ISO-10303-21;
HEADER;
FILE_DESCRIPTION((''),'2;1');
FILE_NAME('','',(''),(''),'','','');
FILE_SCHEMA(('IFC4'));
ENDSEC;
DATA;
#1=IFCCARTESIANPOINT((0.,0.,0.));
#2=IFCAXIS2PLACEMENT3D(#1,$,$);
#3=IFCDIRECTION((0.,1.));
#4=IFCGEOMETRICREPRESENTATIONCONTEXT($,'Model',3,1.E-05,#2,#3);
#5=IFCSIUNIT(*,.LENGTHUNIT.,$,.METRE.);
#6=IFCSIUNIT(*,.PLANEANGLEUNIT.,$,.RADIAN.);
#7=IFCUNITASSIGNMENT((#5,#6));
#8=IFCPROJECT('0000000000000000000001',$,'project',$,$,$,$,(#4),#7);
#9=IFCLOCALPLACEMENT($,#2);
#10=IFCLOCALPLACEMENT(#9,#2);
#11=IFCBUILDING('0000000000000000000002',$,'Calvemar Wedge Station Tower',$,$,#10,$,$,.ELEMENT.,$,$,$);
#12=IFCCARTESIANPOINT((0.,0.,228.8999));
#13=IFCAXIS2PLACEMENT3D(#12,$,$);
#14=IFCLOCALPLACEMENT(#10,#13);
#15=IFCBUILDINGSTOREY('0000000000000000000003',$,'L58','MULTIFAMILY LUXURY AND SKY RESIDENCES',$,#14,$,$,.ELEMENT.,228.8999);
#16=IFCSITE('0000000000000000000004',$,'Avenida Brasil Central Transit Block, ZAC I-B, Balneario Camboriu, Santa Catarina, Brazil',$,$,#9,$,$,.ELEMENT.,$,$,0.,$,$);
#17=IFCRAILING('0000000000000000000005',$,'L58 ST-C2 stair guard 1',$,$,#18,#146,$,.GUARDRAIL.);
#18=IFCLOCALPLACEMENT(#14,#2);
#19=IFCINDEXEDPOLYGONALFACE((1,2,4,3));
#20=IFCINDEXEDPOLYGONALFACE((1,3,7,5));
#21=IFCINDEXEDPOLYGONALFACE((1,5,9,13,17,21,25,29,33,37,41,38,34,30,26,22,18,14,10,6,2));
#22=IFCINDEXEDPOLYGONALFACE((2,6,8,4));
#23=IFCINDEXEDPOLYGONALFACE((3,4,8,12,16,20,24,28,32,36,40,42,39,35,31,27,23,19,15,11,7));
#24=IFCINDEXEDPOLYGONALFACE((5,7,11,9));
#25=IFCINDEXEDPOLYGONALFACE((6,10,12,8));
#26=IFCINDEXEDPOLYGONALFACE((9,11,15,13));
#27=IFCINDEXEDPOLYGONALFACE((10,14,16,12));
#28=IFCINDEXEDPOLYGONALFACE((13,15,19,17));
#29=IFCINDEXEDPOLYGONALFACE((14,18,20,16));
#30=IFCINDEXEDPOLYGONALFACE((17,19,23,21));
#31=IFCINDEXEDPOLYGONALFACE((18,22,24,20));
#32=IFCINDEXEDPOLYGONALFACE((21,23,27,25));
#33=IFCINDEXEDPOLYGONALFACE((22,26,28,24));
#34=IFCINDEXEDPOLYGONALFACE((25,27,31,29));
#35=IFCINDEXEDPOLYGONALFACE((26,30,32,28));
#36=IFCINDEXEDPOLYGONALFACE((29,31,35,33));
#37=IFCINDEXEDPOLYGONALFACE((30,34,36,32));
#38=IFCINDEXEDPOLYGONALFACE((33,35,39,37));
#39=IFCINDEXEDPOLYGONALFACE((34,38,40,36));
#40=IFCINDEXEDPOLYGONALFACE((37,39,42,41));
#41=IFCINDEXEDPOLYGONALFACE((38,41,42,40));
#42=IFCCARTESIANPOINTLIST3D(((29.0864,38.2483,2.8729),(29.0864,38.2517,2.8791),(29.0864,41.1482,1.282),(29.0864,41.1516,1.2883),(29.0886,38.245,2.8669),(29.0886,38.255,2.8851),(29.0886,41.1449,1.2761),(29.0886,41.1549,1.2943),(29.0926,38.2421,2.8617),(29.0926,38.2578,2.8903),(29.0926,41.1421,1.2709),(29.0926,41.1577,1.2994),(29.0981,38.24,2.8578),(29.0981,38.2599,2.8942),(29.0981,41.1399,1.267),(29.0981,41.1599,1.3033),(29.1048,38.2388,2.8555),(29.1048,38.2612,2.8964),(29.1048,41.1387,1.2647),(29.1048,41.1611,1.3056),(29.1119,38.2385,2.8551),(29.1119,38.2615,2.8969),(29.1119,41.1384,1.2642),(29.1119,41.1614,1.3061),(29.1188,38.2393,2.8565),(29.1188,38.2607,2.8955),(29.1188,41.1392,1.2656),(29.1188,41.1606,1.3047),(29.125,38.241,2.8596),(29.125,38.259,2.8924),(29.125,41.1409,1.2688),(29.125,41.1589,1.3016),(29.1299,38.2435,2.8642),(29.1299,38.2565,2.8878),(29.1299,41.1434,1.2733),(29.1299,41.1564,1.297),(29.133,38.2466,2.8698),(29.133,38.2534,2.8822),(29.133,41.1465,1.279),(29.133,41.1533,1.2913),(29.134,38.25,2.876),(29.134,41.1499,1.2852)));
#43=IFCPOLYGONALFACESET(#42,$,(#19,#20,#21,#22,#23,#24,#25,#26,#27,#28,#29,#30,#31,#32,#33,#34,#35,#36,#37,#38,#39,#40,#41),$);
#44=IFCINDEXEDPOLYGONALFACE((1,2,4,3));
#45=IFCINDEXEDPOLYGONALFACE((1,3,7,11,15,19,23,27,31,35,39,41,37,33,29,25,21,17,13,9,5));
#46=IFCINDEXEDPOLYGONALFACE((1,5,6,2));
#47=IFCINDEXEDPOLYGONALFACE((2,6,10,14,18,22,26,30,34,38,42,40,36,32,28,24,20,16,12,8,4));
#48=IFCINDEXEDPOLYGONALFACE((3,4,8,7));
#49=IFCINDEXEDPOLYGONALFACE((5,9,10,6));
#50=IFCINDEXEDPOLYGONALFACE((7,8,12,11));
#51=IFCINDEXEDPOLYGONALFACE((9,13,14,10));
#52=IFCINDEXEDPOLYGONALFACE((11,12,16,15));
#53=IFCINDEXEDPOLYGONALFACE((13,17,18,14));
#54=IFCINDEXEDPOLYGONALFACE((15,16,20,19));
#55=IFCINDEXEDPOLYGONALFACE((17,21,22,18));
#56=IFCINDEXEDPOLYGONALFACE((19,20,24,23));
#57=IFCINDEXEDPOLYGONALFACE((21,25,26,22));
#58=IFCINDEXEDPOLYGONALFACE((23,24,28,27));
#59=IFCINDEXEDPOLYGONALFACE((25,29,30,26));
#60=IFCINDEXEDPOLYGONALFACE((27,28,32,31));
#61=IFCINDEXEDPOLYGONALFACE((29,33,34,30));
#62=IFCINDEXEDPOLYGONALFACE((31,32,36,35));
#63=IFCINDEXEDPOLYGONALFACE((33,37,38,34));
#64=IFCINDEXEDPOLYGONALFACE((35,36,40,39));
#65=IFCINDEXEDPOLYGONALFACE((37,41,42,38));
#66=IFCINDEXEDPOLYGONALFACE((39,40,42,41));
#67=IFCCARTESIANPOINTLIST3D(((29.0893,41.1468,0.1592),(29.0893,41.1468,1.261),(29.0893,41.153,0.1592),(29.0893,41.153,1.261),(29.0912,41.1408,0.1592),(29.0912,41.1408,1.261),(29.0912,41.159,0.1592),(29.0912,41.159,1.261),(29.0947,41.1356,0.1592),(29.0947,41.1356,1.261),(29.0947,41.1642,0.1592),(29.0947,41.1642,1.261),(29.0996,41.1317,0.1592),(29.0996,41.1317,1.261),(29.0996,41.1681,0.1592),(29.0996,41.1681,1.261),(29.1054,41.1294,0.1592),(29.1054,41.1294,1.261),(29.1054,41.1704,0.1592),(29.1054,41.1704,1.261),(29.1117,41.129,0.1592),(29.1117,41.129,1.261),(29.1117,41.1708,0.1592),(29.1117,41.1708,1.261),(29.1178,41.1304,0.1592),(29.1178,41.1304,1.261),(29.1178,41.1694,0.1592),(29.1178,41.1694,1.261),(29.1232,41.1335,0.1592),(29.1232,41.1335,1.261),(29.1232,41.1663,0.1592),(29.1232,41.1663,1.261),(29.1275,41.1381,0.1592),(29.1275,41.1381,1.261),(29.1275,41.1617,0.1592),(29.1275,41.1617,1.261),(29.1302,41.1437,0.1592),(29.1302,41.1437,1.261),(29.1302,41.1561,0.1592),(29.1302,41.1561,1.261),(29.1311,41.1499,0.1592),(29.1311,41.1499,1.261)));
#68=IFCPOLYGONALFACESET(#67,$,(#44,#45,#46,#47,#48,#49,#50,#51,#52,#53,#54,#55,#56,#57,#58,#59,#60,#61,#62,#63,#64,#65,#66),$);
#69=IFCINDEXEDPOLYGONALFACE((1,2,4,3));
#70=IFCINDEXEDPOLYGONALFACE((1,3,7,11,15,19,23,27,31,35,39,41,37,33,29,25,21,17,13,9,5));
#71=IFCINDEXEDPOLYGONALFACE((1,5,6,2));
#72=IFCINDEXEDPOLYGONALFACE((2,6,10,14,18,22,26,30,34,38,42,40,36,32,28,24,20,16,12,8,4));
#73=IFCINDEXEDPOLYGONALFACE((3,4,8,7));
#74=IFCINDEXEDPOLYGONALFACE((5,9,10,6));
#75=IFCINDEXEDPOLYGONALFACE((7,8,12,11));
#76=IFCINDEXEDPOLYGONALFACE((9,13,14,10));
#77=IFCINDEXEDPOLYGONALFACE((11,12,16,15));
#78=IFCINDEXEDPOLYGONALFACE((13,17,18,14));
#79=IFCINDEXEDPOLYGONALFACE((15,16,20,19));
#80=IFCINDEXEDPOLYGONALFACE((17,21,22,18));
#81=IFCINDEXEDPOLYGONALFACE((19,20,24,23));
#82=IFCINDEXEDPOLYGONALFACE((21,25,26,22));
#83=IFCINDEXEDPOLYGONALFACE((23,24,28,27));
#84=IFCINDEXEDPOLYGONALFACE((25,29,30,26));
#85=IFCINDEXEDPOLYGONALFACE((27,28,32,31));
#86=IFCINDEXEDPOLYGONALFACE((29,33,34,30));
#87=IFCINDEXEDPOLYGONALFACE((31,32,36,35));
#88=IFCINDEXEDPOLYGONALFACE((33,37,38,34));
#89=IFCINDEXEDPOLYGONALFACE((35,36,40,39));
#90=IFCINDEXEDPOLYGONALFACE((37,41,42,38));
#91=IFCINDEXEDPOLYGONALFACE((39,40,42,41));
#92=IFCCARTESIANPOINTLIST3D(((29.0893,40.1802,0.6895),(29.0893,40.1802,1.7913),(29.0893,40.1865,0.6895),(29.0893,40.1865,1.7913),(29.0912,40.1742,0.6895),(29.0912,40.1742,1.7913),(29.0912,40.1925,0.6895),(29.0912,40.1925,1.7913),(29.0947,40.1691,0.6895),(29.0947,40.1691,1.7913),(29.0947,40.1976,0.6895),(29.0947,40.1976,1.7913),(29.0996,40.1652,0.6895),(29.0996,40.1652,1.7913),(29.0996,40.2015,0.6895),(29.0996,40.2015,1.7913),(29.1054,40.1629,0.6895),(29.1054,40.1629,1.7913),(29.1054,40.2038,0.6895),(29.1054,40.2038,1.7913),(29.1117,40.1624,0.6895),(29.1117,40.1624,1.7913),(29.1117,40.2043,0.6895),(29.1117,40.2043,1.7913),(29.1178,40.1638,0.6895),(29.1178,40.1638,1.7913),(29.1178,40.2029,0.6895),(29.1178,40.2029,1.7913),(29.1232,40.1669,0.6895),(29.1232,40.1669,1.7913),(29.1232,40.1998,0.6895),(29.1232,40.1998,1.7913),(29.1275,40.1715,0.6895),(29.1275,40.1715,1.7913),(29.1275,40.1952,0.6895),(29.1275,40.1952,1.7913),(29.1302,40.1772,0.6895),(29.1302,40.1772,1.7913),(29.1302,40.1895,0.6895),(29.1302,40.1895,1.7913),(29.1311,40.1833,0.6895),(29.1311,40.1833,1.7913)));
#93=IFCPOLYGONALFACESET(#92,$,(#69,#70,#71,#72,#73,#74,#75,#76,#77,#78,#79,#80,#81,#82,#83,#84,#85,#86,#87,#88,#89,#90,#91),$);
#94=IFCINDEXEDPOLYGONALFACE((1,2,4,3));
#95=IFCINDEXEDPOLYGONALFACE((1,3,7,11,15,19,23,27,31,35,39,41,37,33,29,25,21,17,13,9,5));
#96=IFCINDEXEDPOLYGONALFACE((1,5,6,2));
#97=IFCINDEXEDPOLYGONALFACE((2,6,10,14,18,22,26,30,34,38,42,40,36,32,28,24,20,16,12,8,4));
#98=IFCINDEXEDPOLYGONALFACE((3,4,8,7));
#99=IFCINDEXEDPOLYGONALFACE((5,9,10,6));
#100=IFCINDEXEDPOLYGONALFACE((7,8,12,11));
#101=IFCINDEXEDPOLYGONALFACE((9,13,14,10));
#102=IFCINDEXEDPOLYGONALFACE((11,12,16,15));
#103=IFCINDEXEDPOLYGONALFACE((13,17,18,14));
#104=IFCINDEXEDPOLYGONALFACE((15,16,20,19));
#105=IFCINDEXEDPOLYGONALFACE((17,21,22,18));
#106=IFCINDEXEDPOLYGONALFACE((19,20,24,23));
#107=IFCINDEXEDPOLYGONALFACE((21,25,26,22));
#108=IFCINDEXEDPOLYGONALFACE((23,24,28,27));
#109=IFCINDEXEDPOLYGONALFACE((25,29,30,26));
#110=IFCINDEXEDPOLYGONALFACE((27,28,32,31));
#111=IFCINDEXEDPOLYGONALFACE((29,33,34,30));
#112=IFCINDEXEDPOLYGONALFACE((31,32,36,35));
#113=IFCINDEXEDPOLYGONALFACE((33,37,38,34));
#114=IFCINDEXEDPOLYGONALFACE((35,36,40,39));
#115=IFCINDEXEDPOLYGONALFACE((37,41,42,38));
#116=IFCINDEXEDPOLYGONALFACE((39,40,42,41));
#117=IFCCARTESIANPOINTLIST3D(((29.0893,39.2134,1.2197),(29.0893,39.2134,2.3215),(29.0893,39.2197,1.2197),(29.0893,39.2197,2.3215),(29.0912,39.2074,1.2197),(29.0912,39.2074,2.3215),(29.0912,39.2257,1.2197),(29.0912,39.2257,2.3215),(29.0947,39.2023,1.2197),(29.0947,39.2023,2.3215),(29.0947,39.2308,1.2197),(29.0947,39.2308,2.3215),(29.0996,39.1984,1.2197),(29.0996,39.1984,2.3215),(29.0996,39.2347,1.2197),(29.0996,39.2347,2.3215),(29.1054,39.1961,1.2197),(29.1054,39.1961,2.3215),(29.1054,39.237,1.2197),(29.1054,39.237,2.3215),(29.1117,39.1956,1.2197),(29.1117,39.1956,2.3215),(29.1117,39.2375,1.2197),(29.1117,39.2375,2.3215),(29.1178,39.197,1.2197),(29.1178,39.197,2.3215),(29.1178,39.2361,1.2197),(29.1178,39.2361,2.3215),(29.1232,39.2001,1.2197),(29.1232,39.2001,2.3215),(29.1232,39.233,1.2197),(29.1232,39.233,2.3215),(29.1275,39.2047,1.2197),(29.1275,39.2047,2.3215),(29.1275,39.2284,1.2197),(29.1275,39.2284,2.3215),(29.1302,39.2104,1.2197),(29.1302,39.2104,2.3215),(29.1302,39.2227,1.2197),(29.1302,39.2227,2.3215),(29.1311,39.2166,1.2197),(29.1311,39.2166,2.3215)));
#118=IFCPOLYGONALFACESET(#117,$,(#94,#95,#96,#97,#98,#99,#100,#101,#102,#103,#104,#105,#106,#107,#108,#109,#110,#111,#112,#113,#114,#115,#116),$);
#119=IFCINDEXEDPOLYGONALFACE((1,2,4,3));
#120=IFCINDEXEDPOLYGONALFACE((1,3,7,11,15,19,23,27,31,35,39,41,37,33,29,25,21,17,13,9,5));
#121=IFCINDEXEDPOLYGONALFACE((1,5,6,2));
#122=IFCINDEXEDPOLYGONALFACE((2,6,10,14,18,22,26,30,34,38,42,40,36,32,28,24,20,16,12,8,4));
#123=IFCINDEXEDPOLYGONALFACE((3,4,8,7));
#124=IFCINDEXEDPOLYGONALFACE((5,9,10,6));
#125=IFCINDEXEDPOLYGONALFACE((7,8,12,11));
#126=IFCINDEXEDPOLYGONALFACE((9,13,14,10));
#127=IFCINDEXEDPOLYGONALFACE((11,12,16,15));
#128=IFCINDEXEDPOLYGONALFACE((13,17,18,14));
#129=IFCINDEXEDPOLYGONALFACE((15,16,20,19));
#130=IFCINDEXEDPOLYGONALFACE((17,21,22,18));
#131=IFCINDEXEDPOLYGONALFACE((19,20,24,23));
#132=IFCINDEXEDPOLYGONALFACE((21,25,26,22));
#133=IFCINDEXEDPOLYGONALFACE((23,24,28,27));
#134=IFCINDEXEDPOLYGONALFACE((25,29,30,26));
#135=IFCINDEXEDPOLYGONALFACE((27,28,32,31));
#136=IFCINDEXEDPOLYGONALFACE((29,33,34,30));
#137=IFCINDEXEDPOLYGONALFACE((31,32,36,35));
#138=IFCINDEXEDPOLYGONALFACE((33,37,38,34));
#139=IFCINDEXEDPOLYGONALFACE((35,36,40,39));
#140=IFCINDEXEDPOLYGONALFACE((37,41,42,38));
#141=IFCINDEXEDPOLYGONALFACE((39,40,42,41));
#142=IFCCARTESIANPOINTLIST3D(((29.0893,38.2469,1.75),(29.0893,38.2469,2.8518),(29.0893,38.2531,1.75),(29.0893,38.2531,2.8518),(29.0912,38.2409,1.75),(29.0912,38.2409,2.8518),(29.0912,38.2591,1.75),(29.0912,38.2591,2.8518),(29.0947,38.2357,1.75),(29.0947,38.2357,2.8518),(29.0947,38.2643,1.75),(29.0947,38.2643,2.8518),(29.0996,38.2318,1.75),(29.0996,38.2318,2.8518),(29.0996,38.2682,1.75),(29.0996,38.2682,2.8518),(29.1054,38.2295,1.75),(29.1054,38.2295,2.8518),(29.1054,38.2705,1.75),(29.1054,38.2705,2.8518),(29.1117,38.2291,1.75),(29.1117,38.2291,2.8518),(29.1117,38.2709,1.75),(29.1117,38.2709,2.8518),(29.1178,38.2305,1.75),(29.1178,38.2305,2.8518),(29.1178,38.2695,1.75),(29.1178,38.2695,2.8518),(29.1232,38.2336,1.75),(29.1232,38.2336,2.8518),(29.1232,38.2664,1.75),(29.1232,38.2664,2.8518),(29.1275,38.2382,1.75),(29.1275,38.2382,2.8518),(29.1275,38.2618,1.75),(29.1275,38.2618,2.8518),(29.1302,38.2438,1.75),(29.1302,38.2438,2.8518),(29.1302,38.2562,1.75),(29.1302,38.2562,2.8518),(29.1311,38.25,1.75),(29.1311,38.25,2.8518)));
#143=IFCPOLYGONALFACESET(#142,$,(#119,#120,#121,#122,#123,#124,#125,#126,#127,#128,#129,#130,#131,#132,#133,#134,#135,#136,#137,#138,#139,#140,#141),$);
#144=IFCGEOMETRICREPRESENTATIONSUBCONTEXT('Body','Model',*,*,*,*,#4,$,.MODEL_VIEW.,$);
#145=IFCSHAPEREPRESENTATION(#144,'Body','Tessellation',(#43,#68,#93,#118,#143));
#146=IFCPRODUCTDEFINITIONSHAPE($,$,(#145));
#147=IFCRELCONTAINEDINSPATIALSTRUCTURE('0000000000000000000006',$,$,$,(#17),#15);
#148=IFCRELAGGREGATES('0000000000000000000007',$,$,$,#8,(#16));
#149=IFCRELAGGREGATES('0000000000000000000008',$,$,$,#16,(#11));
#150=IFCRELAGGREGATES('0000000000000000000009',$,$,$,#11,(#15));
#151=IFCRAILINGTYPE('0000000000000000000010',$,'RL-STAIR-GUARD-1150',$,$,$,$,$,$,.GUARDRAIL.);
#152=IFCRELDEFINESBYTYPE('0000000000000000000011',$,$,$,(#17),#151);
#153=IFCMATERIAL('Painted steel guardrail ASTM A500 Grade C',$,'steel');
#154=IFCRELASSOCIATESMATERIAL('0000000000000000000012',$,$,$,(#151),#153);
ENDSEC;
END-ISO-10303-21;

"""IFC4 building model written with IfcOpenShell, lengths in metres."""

from ifc_helpers import new_model, si_unit, direction, frame, origin, origin_2d, place, context, subcontext, project, spatial, circle, extrude, material, type_object, element, save


model = new_model("IFC4")

# Units and contexts
model_context = context("Model", 3, precision=1e-05, world=origin(), true_north=direction((0.0, 1.0)))
body_context = subcontext(model_context, "Body", "Model", "MODEL_VIEW")
ifc_project = project(units=[si_unit("LENGTHUNIT", "METRE"), si_unit("PLANEANGLEUNIT", "RADIAN")], contexts=[model_context])

# Site, building, storey
site_placement = place(None, origin())
site = spatial("IfcSite", under=ifc_project, at=site_placement, Name="Avenida Brasil Central Transit Block, ZAC I-B, Balneario Camboriu, Santa Catarina, Brazil", CompositionType="ELEMENT", RefElevation=0.0)
building_placement = place(site_placement, origin())
building = spatial("IfcBuilding", under=site, at=building_placement, Name="Calvemar Wedge Station Tower", CompositionType="ELEMENT")
storey_placement = place(building_placement, frame((0.0, 0.0, 228.8999)))
storey = spatial("IfcBuildingStorey", under=building, at=storey_placement, Name="L58", Description="MULTIFAMILY LUXURY AND SKY RESIDENCES", CompositionType="ELEMENT", Elevation=228.8999)

# Railing
ifc_material_1 = material(Name="Painted steel guardrail ASTM A500 Grade C", Category="steel")
railing_type_1 = type_object("IfcRailingType", Name="RL-STAIR-GUARD-1150", PredefinedType="GUARDRAIL", material=ifc_material_1)
railing_1_placement = place(storey_placement, frame((29.1101, 41.1499, 0.1592)))
element("IfcRailing", 1, at=railing_1_placement, inside=storey, type_object=railing_type_1, Name="L58 ST-C2 stair guard 1", PredefinedType="GUARDRAIL", context=body_context, shape_type="SweptSolid", body=[
    extrude(circle(Radius=0.0239, at=origin_2d()), frame((0.0, 0.0, 1.126), z_axis=(0.0, -0.876742, 0.480961), x_axis=(1.0, 0.0, 0.0)), (0.0, 0.0, 1.0), 3.3076),
    extrude(circle(Radius=0.021, at=origin_2d()), origin(), (0.0, 0.0, 1.0), 1.1018),
    extrude(circle(Radius=0.021, at=origin_2d()), frame((0.0, -0.9666, 0.5303)), (0.0, 0.0, 1.0), 1.1018),
    extrude(circle(Radius=0.021, at=origin_2d()), frame((0.0, -1.9333, 1.0605)), (0.0, 0.0, 1.0), 1.1018),
    extrude(circle(Radius=0.021, at=origin_2d()), frame((0.0, -2.8999, 1.5908)), (0.0, 0.0, 1.0), 1.1018),
])

save(model, "model.ifc")
